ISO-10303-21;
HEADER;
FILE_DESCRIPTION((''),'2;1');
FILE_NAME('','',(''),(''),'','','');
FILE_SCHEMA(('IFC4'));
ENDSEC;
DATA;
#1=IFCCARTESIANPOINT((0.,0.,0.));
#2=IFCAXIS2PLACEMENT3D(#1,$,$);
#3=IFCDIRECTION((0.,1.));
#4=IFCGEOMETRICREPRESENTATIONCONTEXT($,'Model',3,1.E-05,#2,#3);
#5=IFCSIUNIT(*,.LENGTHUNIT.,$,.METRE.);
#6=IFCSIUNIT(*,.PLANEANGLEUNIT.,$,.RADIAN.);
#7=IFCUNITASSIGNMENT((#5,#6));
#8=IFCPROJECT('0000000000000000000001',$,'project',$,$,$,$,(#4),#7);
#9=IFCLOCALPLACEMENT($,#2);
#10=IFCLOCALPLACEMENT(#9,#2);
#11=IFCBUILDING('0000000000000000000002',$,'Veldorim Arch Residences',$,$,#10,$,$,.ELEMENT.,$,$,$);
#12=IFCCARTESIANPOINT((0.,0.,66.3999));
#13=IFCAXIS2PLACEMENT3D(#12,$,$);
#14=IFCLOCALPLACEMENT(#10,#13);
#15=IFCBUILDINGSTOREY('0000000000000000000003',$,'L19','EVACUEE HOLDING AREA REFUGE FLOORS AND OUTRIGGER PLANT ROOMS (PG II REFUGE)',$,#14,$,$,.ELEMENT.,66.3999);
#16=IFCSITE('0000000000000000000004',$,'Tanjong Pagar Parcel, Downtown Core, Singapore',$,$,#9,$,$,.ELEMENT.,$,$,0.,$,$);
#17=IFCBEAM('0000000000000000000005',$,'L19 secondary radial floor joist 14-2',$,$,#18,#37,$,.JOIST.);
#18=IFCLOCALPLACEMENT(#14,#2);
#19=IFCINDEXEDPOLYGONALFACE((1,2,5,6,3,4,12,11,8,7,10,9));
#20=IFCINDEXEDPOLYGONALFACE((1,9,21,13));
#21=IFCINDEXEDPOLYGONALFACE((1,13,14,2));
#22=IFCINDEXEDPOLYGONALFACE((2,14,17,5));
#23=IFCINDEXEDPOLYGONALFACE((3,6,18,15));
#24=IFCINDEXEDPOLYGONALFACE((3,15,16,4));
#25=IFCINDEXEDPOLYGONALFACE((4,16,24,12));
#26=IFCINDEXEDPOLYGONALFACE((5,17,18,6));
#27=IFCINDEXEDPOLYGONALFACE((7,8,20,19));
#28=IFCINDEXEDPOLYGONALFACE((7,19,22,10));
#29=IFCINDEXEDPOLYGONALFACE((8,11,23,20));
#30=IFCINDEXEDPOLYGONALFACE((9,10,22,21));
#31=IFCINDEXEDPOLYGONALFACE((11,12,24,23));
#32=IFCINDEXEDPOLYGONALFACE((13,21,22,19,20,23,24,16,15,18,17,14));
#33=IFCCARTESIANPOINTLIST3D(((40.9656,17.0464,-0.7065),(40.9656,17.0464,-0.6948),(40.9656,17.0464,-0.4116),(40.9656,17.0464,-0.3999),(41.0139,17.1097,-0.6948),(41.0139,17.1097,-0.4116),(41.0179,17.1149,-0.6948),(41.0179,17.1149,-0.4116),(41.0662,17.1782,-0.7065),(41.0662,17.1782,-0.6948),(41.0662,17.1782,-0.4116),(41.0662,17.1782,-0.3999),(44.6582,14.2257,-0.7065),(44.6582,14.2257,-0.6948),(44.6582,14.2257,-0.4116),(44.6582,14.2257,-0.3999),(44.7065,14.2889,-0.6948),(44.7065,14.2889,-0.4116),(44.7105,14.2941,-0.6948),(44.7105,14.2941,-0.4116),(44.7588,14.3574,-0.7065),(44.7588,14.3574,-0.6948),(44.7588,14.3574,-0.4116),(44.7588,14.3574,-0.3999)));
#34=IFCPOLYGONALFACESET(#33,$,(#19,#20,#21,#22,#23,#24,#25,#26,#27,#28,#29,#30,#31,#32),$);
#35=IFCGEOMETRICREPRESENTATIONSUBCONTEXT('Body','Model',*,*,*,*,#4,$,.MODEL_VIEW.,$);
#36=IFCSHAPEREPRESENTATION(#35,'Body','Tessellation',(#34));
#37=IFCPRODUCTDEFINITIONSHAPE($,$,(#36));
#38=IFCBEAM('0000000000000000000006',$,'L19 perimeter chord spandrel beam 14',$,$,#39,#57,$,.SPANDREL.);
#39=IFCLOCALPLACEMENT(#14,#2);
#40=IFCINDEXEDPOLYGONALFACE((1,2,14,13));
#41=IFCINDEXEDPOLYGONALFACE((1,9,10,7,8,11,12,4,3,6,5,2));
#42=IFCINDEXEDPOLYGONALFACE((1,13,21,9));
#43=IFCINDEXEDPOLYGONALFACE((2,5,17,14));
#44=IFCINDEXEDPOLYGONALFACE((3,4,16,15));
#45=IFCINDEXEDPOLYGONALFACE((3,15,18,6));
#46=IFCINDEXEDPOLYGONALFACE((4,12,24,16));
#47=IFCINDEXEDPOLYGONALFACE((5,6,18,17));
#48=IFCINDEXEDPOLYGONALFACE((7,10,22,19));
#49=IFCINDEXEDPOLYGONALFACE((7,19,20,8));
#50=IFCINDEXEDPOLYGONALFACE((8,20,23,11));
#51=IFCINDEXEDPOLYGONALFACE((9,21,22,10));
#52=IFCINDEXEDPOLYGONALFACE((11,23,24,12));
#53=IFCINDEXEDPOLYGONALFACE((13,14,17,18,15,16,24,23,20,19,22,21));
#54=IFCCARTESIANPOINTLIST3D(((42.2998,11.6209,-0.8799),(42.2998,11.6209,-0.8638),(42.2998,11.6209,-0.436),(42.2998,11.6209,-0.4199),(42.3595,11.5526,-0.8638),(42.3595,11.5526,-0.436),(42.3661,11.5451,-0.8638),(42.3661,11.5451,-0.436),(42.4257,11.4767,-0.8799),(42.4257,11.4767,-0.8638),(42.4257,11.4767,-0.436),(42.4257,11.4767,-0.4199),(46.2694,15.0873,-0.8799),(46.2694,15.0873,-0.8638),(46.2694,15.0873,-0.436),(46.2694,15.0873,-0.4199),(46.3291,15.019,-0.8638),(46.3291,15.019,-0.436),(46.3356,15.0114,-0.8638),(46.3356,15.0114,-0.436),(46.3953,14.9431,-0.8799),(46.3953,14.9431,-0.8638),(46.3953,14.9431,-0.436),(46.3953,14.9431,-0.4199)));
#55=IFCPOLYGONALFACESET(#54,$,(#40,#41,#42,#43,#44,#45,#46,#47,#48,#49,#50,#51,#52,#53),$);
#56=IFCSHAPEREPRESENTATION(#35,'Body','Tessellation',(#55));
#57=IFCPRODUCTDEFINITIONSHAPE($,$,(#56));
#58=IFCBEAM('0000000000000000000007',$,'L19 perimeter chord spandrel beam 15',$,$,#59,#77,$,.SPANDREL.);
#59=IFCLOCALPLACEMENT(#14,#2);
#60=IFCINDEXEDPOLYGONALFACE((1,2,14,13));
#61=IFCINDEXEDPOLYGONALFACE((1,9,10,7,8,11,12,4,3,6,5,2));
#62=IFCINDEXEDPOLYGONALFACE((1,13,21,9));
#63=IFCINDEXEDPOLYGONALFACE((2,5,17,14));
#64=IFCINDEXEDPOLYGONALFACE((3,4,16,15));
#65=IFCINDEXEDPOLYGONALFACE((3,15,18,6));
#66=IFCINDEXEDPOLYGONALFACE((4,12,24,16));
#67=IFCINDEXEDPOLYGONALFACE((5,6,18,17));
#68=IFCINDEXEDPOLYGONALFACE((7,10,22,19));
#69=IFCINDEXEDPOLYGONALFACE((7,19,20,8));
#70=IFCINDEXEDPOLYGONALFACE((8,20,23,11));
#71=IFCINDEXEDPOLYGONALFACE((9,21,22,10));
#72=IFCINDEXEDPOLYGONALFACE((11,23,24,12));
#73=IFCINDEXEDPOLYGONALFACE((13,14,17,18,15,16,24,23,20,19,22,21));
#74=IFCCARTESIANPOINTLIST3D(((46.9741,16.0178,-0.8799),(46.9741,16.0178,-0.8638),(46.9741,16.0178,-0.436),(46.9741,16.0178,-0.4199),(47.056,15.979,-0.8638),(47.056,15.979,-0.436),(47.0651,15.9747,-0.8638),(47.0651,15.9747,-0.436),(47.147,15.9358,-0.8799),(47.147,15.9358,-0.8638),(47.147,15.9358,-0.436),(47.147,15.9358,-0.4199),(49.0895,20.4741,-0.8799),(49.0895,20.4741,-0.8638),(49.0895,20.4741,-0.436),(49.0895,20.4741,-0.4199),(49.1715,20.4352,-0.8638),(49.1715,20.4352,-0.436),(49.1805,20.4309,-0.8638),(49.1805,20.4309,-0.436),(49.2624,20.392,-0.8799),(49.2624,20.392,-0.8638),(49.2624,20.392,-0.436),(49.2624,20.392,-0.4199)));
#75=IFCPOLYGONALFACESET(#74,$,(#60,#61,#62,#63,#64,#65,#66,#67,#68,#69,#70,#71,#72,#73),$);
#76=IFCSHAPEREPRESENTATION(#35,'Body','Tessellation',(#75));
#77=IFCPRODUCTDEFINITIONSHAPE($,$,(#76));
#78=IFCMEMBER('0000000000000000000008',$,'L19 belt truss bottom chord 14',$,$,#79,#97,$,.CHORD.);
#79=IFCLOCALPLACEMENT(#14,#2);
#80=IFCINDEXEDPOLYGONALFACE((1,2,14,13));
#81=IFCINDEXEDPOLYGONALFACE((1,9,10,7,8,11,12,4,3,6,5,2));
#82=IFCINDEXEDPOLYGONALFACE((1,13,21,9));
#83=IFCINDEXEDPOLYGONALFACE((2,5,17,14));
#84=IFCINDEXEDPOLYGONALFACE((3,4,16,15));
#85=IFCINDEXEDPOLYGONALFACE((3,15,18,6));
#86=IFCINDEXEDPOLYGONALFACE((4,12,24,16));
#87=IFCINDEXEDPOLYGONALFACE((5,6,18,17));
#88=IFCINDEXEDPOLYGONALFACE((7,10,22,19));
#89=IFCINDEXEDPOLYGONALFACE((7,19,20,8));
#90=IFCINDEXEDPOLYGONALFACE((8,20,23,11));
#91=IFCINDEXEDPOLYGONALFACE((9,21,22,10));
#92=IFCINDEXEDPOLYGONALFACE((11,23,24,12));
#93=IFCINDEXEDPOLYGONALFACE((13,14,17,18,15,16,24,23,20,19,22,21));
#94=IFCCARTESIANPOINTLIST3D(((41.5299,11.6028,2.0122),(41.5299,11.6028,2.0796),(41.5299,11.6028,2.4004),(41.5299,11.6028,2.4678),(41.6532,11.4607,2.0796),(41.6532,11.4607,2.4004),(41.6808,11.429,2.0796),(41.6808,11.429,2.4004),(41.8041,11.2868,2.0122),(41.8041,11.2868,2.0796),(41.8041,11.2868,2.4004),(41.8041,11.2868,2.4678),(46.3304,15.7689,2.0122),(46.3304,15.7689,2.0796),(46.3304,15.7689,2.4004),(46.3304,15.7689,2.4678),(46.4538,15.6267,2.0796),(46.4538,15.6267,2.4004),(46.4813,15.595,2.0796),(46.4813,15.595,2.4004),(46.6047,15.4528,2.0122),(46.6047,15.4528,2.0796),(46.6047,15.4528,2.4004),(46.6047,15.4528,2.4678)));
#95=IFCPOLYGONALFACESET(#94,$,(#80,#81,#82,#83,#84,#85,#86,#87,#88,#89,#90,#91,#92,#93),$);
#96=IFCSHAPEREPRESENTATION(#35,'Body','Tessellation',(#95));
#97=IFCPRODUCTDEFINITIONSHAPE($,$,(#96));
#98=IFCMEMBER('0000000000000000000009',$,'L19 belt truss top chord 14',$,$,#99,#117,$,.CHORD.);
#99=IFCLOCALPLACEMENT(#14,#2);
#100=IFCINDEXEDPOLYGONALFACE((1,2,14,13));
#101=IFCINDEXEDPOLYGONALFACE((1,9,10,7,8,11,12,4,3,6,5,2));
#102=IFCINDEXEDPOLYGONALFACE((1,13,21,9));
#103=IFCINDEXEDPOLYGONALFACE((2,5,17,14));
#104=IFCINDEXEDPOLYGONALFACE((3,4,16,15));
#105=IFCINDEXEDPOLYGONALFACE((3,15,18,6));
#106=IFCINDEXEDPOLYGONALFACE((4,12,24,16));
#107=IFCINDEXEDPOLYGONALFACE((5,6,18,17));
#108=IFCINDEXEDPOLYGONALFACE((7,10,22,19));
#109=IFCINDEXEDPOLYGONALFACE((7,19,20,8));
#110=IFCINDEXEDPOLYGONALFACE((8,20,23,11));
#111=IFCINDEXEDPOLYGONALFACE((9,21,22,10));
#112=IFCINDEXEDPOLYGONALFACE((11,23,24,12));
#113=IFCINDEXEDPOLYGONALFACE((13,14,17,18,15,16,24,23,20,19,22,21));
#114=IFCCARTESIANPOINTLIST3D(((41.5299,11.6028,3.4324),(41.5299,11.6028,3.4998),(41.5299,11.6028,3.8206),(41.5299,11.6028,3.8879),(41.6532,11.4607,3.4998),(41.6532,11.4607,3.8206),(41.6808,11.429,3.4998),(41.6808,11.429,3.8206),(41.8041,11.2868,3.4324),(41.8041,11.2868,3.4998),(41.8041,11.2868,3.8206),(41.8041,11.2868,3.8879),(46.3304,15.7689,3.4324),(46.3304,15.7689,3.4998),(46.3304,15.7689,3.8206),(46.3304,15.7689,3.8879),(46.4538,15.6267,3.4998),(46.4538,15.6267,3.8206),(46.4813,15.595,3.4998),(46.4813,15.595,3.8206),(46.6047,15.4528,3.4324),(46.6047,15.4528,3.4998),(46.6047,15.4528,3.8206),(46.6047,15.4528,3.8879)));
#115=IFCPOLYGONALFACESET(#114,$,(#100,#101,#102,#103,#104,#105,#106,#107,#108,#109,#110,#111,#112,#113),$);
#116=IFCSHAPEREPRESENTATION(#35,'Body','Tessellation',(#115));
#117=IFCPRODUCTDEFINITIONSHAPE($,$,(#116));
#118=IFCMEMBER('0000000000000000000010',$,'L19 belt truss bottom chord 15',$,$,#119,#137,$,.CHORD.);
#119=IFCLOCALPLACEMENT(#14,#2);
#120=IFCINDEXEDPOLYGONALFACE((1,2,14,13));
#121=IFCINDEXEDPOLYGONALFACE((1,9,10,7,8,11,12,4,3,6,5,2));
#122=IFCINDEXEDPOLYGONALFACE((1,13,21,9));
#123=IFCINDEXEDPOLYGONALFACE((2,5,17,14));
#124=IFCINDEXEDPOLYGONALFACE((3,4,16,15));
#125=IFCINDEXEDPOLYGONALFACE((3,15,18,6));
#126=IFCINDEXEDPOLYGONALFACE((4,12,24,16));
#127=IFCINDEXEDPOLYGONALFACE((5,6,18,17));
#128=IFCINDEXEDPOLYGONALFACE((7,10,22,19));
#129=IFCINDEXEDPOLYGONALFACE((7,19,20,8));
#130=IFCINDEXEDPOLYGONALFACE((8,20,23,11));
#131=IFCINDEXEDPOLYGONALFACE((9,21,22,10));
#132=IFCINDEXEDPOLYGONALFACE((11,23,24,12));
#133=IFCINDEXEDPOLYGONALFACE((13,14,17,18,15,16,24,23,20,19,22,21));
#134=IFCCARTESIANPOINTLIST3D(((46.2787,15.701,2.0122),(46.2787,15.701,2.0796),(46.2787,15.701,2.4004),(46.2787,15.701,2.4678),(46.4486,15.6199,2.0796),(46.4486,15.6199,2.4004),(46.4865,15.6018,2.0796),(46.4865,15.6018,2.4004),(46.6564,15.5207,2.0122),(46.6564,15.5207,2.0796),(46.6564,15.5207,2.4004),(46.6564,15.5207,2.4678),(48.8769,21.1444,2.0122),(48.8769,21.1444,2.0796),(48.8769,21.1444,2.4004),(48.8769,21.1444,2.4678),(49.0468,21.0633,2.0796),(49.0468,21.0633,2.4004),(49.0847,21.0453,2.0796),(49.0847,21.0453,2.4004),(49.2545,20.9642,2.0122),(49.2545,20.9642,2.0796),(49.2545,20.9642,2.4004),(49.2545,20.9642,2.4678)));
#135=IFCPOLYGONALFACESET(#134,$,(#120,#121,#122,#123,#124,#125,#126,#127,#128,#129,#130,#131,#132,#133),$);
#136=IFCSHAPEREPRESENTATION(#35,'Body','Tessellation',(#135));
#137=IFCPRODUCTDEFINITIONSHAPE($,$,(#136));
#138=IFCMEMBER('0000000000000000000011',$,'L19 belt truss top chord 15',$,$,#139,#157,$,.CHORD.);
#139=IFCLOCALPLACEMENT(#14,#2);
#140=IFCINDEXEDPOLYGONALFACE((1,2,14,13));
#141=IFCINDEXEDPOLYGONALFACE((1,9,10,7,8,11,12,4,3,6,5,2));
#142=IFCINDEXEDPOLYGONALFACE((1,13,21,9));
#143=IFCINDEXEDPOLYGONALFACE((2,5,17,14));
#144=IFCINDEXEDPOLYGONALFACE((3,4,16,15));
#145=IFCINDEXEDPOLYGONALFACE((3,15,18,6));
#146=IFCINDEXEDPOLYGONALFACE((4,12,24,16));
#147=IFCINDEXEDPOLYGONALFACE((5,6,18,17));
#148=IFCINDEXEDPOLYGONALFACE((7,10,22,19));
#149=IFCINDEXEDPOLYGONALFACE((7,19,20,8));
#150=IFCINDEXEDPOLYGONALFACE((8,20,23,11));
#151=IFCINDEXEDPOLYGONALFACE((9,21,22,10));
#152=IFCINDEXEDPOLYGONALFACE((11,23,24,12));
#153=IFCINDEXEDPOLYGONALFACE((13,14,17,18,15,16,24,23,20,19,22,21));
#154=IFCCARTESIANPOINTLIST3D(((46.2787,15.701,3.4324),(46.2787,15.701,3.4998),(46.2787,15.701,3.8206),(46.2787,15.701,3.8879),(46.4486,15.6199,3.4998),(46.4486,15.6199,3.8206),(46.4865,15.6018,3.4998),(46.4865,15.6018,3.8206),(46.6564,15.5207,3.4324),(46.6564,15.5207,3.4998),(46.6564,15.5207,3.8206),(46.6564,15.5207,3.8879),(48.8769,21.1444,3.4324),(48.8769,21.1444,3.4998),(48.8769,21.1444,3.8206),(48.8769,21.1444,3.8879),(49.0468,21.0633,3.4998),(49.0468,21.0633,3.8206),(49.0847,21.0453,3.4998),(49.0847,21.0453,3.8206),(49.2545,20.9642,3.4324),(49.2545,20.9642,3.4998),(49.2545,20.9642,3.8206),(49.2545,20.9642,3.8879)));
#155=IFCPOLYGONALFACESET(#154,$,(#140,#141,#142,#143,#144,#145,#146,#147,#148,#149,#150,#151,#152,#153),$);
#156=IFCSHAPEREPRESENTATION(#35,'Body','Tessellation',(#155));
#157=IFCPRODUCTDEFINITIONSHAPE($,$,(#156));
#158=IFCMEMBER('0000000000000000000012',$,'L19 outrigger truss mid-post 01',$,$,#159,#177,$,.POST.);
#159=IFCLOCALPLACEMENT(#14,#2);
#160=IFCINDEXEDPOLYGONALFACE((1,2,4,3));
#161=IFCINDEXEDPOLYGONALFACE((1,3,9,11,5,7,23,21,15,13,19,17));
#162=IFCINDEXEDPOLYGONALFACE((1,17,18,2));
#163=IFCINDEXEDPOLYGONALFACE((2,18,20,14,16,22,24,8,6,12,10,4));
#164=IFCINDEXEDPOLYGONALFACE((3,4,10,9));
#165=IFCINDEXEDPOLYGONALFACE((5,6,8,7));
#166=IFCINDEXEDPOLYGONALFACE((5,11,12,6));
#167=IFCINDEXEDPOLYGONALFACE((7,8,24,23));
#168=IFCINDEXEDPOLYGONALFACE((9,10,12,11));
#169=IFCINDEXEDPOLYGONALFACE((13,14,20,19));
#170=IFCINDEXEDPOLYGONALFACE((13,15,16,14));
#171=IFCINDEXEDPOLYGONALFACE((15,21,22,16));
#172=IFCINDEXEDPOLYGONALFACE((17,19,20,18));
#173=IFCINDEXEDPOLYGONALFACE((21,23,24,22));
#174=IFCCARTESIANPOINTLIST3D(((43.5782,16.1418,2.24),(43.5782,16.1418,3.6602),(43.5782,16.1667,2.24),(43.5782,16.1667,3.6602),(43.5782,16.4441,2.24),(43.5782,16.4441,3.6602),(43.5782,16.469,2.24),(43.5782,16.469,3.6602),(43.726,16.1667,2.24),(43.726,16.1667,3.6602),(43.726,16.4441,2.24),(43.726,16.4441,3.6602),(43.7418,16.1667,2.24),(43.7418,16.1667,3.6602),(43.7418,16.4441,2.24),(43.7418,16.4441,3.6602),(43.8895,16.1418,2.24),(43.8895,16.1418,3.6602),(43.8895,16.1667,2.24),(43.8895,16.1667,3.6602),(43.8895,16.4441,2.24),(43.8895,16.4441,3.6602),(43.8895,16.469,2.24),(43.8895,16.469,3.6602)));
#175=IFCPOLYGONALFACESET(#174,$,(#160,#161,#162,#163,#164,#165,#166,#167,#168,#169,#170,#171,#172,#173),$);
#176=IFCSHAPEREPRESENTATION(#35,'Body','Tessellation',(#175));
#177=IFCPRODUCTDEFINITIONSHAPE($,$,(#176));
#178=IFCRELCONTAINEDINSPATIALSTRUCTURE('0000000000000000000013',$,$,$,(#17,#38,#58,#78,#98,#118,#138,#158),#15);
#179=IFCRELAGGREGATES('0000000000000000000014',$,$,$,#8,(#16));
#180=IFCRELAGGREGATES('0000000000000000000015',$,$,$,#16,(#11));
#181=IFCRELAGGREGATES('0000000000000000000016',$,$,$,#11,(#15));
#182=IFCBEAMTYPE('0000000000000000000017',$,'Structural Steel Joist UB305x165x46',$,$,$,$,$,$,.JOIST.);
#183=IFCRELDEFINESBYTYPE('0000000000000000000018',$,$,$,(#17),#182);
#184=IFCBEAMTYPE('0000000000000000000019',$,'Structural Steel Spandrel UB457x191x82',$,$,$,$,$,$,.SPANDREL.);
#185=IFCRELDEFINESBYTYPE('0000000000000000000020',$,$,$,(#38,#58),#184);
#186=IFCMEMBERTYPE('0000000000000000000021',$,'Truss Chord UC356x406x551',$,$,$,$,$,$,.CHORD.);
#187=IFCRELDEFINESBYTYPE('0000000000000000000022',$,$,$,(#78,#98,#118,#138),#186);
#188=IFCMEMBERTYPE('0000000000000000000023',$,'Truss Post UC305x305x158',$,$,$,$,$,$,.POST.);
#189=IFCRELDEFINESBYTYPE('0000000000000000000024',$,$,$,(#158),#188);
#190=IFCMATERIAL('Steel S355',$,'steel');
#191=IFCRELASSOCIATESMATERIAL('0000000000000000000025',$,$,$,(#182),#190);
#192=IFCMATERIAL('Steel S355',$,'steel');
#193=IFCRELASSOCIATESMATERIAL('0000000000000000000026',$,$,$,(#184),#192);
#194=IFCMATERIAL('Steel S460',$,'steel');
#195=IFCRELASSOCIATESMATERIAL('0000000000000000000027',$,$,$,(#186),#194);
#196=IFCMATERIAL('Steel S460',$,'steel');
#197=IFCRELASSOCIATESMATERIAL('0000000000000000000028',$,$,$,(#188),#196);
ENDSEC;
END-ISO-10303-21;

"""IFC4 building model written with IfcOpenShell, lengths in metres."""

from ifc_helpers import new_model, si_unit, direction, frame, origin, origin_2d, place, context, subcontext, project, spatial, i_section, extrude, material, material_profile, profile_set, type_object, element, save


model = new_model("IFC4")

# Units and contexts
model_context = context("Model", 3, precision=1e-05, world=origin(), true_north=direction((0.0, 1.0)))
body_context = subcontext(model_context, "Body", "Model", "MODEL_VIEW")
ifc_project = project(units=[si_unit("LENGTHUNIT", "METRE"), si_unit("PLANEANGLEUNIT", "RADIAN")], contexts=[model_context])

# Site, building, storey
site_placement = place(None, origin())
site = spatial("IfcSite", under=ifc_project, at=site_placement, Name="Tanjong Pagar Parcel, Downtown Core, Singapore", CompositionType="ELEMENT", RefElevation=0.0)
building_placement = place(site_placement, origin())
building = spatial("IfcBuilding", under=site, at=building_placement, Name="Veldorim Arch Residences", CompositionType="ELEMENT")
storey_placement = place(building_placement, frame((0.0, 0.0, 66.3999)))
storey = spatial("IfcBuildingStorey", under=building, at=storey_placement, Name="L19", Description="EVACUEE HOLDING AREA REFUGE FLOORS AND OUTRIGGER PLANT ROOMS (PG II REFUGE)", CompositionType="ELEMENT", Elevation=66.3999)

# Beams
ifc_material_1 = material(Name="Steel S355", Category="steel")
ifc_material_profile_1 = material_profile(ifc_material_1, i_section(OverallWidth=0.1658, OverallDepth=0.3066, WebThickness=0.0066, FlangeThickness=0.0117, at=origin_2d()), Name="UB305x165x46")
ifc_profile_set_1 = profile_set([ifc_material_profile_1], Name="Steel S355")
beam_type_1 = type_object("IfcBeamType", Name="Structural Steel Joist UB305x165x46", PredefinedType="JOIST", material=ifc_profile_set_1)
beam_1_placement = place(storey_placement, frame((41.0159, 17.1123, -0.5532), z_axis=(0.794666, -0.607046, 0.0), x_axis=(0.607046, 0.794666, 0.0)))
element("IfcBeam", 1, at=beam_1_placement, inside=storey, type_object=beam_type_1, Name="L19 secondary radial floor joist 14-2", PredefinedType="JOIST", context=body_context, shape_type="SweptSolid", body=[
    extrude(i_section(OverallWidth=0.1658, OverallDepth=0.3066, WebThickness=0.0066, FlangeThickness=0.0117, at=origin_2d()), origin(), (0.0, 0.0, 1.0), 4.6467),
])
ifc_material_2 = material(Name="Steel S355", Category="steel")
ifc_material_profile_2 = material_profile(ifc_material_2, i_section(OverallWidth=0.1914, OverallDepth=0.46, WebThickness=0.01, FlangeThickness=0.0161, at=origin_2d()), Name="UB457x191x82")
ifc_profile_set_2 = profile_set([ifc_material_profile_2], Name="Steel S355")
beam_type_2 = type_object("IfcBeamType", Name="Structural Steel Spandrel UB457x191x82", PredefinedType="SPANDREL", material=ifc_profile_set_2)
beam_2_placement = place(storey_placement, frame((42.3628, 11.5488, -0.6499), z_axis=(0.753234, 0.657753, 0.0), x_axis=(-0.657753, 0.753234, 0.0)))
element("IfcBeam", 2, at=beam_2_placement, inside=storey, type_object=beam_type_2, Name="L19 perimeter chord spandrel beam 14", PredefinedType="SPANDREL", context=body_context, shape_type="SweptSolid", body=[
    extrude(i_section(OverallWidth=0.1914, OverallDepth=0.46, WebThickness=0.01, FlangeThickness=0.0161, at=origin_2d()), origin(), (0.0, 0.0, 1.0), 5.27),
])
beam_3_placement = place(storey_placement, frame((47.0605, 15.9768, -0.6499), z_axis=(0.428848, 0.903377, 0.0), x_axis=(-0.903377, 0.428848, 0.0)))
element("IfcBeam", 3, at=beam_3_placement, inside=storey, type_object=beam_type_2, Name="L19 perimeter chord spandrel beam 15", PredefinedType="SPANDREL", context=body_context, shape_type="SweptSolid", body=[
    extrude(i_section(OverallWidth=0.1914, OverallDepth=0.46, WebThickness=0.01, FlangeThickness=0.0161, at=origin_2d()), origin(), (0.0, 0.0, 1.0), 4.9329),
])

# Members
ifc_material_3 = material(Name="Steel S460", Category="steel")
ifc_material_profile_3 = material_profile(ifc_material_3, i_section(OverallWidth=0.4185, OverallDepth=0.4556, WebThickness=0.042, FlangeThickness=0.0674, at=origin_2d()), Name="UC356x406x551")
ifc_profile_set_3 = profile_set([ifc_material_profile_3], Name="Steel S460")
member_type_1 = type_object("IfcMemberType", Name="Truss Chord UC356x406x551", PredefinedType="CHORD", material=ifc_profile_set_3)
for number, where, z_axis, x_axis, name in (
    (4, (41.667, 11.4448, 2.24), (0.755257, 0.655429, 0.0), (-0.655429, 0.755257, 0.0), "L19 belt truss bottom chord 14"),
    (5, (41.667, 11.4448, 3.6602), (0.755257, 0.655429, 0.0), (-0.655429, 0.755257, 0.0), "L19 belt truss top chord 14"),
):
    element("IfcMember", number, at=place(storey_placement, frame(where, z_axis=z_axis, x_axis=x_axis)), inside=storey, type_object=member_type_1, Name=name, PredefinedType="CHORD", context=body_context, shape_type="SweptSolid", body=[
        extrude(i_section(OverallWidth=0.4185, OverallDepth=0.4556, WebThickness=0.042, FlangeThickness=0.0674, at=origin_2d()), origin(), (0.0, 0.0, 1.0), 6.3562),
    ])
for number, where, z_axis, x_axis, name in (
    (6, (46.4675, 15.6108, 2.24), (0.430754, 0.90247, 0.0), (-0.90247, 0.430754, 0.0), "L19 belt truss bottom chord 15"),
    (7, (46.4675, 15.6108, 3.6602), (0.430754, 0.90247, 0.0), (-0.90247, 0.430754, 0.0), "L19 belt truss top chord 15"),
):
    element("IfcMember", number, at=place(storey_placement, frame(where, z_axis=z_axis, x_axis=x_axis)), inside=storey, type_object=member_type_1, Name=name, PredefinedType="CHORD", context=body_context, shape_type="SweptSolid", body=[
        extrude(i_section(OverallWidth=0.4185, OverallDepth=0.4556, WebThickness=0.042, FlangeThickness=0.0674, at=origin_2d()), origin(), (0.0, 0.0, 1.0), 6.0317),
    ])
ifc_material_4 = material(Name="Steel S460", Category="steel")
ifc_material_profile_4 = material_profile(ifc_material_4, i_section(OverallWidth=0.3113, OverallDepth=0.3271, WebThickness=0.0159, FlangeThickness=0.0249, at=origin_2d()), Name="UC305x305x158")
ifc_profile_set_4 = profile_set([ifc_material_profile_4], Name="Steel S460")
member_type_2 = type_object("IfcMemberType", Name="Truss Post UC305x305x158", PredefinedType="POST", material=ifc_profile_set_4)
member_placement = place(storey_placement, frame((43.7339, 16.3054, 2.24), z_axis=(0.0, 0.0, 1.0), x_axis=(1.0, 0.0, 0.0)))
element("IfcMember", 8, at=member_placement, inside=storey, type_object=member_type_2, Name="L19 outrigger truss mid-post 01", PredefinedType="POST", context=body_context, shape_type="SweptSolid", body=[
    extrude(i_section(OverallWidth=0.3113, OverallDepth=0.3271, WebThickness=0.0159, FlangeThickness=0.0249, at=origin_2d()), origin(), (0.0, 0.0, 1.0), 1.4202),
])

save(model, "model.ifc")
